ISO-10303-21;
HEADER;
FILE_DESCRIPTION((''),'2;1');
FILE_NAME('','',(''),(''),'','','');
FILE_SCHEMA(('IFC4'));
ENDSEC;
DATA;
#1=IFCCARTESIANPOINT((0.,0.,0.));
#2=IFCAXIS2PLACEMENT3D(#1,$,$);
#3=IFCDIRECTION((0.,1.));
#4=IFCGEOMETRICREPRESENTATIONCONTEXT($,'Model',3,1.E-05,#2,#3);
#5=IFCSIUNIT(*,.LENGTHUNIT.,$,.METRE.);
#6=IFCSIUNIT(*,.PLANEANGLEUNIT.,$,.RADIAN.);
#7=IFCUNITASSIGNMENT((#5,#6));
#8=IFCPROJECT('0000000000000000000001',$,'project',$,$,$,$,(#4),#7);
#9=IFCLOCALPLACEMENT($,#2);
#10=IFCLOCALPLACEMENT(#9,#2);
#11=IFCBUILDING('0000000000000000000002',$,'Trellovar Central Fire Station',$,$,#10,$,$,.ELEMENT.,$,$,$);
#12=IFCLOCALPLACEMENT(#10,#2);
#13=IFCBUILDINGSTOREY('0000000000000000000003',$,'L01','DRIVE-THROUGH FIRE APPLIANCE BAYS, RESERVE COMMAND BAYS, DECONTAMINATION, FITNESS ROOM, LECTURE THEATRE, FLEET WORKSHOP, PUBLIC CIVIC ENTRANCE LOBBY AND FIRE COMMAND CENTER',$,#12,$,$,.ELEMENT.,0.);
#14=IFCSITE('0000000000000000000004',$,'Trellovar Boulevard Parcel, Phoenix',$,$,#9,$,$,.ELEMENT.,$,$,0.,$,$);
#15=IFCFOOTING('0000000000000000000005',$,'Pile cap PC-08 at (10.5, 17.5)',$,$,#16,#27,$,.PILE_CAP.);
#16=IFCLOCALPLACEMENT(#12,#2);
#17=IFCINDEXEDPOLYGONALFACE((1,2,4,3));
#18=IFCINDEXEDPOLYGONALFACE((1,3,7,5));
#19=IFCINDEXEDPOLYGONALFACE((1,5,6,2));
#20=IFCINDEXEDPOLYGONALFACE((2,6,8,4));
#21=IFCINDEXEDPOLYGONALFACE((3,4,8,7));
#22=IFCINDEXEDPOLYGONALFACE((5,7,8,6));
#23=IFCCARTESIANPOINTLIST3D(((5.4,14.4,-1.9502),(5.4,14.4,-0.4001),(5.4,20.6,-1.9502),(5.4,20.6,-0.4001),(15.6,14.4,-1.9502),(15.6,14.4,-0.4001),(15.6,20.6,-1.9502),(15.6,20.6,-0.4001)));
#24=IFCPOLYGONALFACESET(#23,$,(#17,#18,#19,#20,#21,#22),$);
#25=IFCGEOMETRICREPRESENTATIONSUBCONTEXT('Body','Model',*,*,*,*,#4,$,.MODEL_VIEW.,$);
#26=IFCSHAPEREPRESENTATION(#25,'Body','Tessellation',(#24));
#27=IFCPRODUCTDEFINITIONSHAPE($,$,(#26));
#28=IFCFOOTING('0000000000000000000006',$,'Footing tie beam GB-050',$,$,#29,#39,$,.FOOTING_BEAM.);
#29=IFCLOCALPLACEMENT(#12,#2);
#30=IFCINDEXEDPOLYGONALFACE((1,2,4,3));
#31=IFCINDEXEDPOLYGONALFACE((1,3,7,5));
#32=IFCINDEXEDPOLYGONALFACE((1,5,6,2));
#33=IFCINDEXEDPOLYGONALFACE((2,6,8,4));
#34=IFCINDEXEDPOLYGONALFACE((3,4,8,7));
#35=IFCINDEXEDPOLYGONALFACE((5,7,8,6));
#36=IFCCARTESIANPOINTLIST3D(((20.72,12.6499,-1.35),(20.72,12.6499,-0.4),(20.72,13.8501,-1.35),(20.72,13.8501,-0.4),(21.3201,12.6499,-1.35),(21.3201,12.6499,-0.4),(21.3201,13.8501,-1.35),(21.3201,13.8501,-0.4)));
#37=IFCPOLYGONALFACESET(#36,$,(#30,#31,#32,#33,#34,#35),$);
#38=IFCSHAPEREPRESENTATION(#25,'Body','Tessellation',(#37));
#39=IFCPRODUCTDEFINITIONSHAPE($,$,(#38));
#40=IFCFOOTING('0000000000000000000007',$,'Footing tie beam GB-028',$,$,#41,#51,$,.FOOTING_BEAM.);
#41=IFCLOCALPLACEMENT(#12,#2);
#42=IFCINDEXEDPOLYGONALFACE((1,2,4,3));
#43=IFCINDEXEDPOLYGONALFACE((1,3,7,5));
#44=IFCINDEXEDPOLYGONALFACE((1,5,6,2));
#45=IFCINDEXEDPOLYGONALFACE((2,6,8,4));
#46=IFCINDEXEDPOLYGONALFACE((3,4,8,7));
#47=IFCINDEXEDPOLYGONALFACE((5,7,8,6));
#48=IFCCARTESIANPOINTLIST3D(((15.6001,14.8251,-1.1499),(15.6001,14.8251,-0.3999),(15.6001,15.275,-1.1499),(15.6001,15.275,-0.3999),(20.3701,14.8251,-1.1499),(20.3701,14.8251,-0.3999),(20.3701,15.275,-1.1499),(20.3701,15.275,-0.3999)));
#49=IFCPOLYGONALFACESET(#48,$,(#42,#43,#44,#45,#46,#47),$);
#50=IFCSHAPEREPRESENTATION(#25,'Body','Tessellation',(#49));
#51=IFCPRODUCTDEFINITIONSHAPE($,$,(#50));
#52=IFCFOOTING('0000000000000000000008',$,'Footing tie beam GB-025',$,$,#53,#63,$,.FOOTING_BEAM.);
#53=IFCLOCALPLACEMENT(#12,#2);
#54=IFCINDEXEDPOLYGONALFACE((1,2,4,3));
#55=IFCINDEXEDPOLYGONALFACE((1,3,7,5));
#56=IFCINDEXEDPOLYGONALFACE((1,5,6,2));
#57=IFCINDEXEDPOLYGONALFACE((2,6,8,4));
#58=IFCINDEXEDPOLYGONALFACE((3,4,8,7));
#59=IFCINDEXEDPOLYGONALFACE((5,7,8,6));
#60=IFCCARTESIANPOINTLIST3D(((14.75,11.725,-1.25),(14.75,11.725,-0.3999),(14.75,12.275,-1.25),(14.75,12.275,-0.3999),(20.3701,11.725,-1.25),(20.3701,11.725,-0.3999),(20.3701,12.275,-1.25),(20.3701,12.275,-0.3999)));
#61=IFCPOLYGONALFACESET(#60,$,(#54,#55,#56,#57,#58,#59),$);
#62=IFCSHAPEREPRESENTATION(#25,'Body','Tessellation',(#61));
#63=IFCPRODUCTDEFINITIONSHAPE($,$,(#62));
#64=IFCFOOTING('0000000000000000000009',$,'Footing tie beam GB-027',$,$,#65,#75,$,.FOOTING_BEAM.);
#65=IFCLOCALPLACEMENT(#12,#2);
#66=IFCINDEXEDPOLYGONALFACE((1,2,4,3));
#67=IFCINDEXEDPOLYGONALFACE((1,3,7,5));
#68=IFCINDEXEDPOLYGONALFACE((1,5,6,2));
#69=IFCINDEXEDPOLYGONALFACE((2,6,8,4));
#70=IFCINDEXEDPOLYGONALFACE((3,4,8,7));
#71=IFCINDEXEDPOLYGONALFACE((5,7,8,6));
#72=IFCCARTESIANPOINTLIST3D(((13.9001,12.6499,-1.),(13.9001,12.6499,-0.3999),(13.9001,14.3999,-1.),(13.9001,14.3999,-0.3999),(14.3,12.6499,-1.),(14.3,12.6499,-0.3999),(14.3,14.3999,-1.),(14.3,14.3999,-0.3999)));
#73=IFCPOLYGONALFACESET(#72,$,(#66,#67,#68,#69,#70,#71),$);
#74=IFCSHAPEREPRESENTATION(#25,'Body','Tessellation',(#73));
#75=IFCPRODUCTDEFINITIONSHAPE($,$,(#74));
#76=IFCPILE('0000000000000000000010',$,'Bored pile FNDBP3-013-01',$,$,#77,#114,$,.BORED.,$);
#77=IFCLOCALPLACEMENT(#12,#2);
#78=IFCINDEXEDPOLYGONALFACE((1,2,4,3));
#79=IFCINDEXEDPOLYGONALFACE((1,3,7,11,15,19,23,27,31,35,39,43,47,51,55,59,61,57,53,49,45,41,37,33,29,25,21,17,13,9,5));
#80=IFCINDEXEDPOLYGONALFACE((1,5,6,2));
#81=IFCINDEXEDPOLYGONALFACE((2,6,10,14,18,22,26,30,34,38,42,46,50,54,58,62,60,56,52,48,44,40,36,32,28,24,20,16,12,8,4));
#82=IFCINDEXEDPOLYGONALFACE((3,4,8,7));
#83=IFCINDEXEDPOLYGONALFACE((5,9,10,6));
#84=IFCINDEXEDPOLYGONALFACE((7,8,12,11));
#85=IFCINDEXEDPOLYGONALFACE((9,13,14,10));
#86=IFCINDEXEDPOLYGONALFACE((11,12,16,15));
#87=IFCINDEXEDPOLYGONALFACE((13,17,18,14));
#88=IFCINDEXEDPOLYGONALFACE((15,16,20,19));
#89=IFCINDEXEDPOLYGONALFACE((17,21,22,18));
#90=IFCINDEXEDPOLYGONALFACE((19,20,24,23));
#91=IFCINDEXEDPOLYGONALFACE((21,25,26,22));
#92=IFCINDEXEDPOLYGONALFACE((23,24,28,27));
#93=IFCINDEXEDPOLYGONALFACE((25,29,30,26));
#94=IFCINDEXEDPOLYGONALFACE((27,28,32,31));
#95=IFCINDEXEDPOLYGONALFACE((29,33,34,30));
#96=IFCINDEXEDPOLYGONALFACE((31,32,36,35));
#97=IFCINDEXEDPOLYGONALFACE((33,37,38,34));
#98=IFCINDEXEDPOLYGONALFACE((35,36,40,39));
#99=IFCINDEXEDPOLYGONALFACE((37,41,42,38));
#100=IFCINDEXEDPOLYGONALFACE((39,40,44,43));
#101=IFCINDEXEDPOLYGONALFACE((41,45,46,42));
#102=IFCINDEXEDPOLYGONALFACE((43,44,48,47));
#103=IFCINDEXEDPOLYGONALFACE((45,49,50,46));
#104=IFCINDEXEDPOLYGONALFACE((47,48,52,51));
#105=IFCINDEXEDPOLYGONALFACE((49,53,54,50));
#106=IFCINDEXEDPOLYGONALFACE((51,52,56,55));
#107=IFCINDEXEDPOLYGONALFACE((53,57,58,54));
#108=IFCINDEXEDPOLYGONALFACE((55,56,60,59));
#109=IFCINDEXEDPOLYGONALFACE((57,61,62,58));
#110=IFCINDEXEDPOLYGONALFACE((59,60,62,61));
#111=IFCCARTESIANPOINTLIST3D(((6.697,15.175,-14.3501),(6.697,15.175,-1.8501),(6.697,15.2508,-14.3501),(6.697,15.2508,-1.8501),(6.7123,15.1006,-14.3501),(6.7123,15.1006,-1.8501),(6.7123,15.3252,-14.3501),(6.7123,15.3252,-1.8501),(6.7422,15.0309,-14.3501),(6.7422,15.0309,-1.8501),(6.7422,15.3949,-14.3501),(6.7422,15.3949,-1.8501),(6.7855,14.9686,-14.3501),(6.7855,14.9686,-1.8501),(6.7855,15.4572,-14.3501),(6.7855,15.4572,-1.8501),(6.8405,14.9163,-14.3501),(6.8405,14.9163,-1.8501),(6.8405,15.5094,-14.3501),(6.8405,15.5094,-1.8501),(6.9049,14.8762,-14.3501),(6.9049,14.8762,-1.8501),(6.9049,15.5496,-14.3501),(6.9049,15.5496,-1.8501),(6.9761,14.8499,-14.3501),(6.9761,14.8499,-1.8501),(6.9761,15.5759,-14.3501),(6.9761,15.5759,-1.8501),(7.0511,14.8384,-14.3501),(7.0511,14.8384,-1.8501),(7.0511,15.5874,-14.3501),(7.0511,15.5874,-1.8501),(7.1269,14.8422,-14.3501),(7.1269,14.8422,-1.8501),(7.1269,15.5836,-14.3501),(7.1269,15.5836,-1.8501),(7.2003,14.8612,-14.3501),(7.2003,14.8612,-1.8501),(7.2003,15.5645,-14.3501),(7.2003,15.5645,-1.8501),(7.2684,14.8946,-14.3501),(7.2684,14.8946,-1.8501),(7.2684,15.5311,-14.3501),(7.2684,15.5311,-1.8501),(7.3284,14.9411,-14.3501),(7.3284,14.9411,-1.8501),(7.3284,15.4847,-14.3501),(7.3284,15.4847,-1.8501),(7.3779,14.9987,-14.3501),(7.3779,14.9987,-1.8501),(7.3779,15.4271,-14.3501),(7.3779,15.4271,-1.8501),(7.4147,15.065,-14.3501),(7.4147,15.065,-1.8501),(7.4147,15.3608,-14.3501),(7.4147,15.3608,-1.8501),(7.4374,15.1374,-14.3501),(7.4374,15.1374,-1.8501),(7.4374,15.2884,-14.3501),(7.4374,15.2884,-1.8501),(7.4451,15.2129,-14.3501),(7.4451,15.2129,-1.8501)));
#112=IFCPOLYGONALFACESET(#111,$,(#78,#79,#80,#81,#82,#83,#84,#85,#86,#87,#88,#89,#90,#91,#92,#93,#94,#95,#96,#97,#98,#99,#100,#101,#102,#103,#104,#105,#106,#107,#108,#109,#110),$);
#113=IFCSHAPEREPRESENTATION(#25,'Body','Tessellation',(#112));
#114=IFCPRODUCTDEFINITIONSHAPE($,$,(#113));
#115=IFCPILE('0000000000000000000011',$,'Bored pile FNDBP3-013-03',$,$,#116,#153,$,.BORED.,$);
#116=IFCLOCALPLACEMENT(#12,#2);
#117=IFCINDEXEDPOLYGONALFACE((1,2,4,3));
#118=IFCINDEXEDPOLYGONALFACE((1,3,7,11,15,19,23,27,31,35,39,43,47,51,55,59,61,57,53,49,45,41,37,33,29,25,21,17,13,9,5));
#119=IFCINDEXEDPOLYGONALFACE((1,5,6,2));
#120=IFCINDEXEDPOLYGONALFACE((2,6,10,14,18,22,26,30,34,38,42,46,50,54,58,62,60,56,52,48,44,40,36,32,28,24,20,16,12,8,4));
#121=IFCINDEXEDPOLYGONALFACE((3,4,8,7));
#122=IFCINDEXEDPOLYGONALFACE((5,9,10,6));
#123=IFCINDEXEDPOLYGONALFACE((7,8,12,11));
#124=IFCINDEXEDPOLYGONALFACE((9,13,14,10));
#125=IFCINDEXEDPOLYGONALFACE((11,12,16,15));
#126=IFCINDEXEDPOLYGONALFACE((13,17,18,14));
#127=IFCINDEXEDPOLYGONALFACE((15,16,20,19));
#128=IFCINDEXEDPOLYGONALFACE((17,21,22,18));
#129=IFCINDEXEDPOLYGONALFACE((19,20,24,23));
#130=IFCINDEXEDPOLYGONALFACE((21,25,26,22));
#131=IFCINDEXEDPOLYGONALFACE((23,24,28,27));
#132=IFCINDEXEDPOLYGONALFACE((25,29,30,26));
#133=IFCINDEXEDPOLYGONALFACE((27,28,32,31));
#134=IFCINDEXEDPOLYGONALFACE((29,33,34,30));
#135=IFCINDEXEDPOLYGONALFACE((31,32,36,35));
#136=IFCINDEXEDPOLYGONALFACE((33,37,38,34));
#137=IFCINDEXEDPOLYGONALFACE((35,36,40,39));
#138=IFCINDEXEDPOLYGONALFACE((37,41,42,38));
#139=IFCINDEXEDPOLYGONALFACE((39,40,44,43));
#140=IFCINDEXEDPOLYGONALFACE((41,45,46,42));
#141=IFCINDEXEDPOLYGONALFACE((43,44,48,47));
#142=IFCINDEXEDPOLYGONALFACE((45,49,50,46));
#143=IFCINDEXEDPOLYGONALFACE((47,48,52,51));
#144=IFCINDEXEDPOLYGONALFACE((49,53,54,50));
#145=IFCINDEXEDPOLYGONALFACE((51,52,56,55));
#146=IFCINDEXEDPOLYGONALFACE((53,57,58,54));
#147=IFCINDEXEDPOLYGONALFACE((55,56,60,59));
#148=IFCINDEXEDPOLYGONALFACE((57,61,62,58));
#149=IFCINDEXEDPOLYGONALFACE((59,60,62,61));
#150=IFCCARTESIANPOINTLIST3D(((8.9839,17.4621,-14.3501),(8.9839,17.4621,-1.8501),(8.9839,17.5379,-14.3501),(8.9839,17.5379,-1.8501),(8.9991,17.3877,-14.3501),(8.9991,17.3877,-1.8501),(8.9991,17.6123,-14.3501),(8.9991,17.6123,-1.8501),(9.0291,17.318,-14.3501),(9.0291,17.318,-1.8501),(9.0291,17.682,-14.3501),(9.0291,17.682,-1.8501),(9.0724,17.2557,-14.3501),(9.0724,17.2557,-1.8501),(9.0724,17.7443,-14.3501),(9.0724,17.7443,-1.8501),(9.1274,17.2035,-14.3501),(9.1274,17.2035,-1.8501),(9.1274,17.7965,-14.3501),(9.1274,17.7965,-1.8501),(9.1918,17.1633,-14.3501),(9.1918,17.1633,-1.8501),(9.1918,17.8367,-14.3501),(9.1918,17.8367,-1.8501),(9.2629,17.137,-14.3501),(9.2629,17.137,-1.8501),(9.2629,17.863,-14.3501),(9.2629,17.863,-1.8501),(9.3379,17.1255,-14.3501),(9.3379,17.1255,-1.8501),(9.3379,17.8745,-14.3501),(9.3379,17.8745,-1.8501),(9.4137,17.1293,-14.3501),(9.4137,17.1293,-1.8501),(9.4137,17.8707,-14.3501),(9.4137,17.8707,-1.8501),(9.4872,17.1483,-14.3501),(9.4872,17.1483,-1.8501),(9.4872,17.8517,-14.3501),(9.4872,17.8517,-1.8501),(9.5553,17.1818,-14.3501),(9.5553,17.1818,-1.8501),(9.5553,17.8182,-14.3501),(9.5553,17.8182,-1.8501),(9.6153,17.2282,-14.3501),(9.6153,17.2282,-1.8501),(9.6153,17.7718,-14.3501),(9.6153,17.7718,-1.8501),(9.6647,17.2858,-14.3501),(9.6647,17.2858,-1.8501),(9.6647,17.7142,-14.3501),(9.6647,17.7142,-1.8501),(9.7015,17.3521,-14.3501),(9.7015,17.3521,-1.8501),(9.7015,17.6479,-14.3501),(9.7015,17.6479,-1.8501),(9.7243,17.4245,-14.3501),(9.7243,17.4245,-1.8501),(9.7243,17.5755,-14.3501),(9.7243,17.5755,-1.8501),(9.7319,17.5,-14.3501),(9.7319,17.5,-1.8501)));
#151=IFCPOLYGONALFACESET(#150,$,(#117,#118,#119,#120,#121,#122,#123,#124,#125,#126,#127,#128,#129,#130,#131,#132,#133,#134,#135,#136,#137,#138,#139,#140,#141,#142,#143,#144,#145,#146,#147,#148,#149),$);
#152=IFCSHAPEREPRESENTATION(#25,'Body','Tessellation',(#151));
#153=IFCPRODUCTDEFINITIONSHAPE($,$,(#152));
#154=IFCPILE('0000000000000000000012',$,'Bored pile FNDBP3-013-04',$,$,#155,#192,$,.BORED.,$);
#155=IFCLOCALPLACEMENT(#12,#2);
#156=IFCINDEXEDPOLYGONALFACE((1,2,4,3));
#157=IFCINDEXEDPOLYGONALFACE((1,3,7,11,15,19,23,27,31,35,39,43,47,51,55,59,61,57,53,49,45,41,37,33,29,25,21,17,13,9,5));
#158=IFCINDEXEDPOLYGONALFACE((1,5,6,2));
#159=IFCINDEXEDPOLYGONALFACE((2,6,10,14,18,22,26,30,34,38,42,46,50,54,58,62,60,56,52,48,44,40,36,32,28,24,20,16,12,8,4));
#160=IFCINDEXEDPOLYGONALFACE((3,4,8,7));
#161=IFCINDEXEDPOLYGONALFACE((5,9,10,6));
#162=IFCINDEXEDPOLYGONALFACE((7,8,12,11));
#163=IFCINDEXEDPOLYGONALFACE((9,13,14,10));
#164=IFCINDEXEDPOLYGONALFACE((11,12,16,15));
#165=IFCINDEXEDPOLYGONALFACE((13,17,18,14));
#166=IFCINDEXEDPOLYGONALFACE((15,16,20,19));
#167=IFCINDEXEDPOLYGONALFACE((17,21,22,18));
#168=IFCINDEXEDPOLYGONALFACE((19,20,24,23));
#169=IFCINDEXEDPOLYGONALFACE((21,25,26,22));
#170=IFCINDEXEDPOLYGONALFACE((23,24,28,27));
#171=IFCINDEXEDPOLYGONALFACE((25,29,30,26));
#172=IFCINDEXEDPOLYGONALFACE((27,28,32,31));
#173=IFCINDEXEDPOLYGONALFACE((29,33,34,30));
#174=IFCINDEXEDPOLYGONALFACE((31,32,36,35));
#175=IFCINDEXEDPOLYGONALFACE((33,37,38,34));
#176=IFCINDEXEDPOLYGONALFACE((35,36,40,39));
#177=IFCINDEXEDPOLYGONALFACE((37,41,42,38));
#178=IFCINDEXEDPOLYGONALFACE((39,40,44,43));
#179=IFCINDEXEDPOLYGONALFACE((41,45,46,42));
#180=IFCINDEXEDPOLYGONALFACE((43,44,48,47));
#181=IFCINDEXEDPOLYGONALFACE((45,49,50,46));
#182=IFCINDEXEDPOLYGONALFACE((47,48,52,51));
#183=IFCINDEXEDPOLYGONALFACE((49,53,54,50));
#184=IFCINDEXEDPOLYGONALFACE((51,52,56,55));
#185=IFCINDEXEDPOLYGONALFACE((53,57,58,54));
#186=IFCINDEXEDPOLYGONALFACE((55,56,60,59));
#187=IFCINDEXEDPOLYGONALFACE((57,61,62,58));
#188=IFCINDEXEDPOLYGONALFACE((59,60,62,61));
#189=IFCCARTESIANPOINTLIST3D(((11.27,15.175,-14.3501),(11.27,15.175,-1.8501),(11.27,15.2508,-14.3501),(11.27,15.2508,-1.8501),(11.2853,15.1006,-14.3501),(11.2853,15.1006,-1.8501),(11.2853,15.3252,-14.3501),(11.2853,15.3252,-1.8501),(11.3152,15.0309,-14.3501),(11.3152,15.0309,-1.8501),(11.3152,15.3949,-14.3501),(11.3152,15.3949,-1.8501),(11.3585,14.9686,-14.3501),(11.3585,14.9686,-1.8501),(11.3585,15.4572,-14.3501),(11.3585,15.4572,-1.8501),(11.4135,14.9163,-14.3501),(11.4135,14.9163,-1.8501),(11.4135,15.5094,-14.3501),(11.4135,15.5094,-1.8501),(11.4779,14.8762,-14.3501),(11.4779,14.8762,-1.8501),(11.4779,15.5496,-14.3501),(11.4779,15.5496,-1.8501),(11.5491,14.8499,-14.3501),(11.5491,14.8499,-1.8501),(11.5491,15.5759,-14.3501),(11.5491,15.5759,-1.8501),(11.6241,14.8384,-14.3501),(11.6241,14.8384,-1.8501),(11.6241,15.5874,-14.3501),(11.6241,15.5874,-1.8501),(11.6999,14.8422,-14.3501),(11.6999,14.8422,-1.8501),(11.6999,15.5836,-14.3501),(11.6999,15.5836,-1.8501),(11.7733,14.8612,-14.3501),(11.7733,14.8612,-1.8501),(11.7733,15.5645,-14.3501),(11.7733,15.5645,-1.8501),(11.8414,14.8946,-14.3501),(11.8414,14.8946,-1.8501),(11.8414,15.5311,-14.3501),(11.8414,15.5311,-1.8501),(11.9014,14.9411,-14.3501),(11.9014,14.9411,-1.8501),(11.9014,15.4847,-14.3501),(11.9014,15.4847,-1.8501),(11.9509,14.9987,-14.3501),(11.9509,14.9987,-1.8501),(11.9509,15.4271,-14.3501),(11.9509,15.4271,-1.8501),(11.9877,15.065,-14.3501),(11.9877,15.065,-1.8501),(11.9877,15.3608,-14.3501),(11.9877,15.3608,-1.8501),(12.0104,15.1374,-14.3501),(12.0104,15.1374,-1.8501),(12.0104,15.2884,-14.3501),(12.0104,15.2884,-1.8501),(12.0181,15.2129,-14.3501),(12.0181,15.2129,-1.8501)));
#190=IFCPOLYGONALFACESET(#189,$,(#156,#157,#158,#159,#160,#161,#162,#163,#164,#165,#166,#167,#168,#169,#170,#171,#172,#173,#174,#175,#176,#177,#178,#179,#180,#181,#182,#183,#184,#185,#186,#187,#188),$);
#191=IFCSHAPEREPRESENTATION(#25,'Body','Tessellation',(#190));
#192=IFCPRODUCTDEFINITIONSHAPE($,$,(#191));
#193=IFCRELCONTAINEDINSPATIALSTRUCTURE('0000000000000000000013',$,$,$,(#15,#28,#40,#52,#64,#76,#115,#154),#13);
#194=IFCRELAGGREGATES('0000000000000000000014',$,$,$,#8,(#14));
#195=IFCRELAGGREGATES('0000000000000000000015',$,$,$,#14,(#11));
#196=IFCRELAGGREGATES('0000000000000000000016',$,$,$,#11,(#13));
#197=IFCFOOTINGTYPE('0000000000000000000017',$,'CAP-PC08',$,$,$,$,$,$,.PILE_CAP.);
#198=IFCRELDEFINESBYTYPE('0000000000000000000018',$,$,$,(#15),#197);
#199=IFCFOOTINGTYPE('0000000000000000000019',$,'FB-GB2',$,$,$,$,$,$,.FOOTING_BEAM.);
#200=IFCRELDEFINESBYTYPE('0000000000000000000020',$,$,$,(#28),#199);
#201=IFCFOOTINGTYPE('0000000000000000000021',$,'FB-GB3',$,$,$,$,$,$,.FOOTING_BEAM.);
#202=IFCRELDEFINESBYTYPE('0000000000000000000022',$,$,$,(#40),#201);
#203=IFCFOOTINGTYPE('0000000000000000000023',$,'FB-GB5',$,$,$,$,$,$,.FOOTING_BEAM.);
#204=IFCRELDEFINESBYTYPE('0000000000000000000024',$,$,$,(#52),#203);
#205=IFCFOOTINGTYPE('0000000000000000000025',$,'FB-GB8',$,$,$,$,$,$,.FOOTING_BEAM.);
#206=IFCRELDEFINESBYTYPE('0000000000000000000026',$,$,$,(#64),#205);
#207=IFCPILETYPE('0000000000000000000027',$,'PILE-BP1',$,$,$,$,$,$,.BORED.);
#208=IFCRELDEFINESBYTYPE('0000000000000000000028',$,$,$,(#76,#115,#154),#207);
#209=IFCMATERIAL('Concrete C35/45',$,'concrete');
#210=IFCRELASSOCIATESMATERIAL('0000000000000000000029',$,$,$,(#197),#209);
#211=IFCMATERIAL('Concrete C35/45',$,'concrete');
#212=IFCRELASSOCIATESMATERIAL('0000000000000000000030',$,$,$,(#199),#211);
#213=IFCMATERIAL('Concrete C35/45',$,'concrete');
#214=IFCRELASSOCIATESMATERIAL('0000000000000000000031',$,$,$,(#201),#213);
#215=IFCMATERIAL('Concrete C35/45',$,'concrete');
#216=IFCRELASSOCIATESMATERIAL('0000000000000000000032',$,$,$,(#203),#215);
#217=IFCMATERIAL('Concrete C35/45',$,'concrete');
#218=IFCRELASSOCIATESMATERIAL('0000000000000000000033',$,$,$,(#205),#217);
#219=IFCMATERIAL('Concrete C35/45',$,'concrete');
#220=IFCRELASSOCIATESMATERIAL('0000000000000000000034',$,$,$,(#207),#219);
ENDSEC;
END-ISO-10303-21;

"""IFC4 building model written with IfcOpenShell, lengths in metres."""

from ifc_helpers import new_model, si_unit, direction, frame, origin, origin_2d, place, context, subcontext, project, spatial, rectangle, circle, extrude, material, material_profile, profile_set, type_object, element, save


model = new_model("IFC4")

# Units and contexts
model_context = context("Model", 3, precision=1e-05, world=origin(), true_north=direction((0.0, 1.0)))
body_context = subcontext(model_context, "Body", "Model", "MODEL_VIEW")
ifc_project = project(units=[si_unit("LENGTHUNIT", "METRE"), si_unit("PLANEANGLEUNIT", "RADIAN")], contexts=[model_context])

# Site, building, storey
site_placement = place(None, origin())
site = spatial("IfcSite", under=ifc_project, at=site_placement, Name="Trellovar Boulevard Parcel, Phoenix", CompositionType="ELEMENT", RefElevation=0.0)
building_placement = place(site_placement, origin())
building = spatial("IfcBuilding", under=site, at=building_placement, Name="Trellovar Central Fire Station", CompositionType="ELEMENT")
storey_placement = place(building_placement, origin())
storey = spatial("IfcBuildingStorey", under=building, at=storey_placement, Name="L01", Description="DRIVE-THROUGH FIRE APPLIANCE BAYS, RESERVE COMMAND BAYS, DECONTAMINATION, FITNESS ROOM, LECTURE THEATRE, FLEET WORKSHOP, PUBLIC CIVIC ENTRANCE LOBBY AND FIRE COMMAND CENTER", CompositionType="ELEMENT", Elevation=0.0)

# Footings
ifc_material_1 = material(Name="Concrete C35/45", Category="concrete")
footing_type_1 = type_object("IfcFootingType", Name="CAP-PC08", PredefinedType="PILE_CAP", material=ifc_material_1)
footing_1_placement = place(storey_placement, frame((10.5, 17.5, -1.9502), z_axis=(0.0, 0.0, 1.0), x_axis=(1.0, 0.0, 0.0)))
element("IfcFooting", 1, at=footing_1_placement, inside=storey, type_object=footing_type_1, Name="Pile cap PC-08 at (10.5, 17.5)", PredefinedType="PILE_CAP", context=body_context, shape_type="SweptSolid", body=[
    extrude(rectangle(XDim=10.2, YDim=6.2, at=origin_2d()), origin(), (0.0, 0.0, 1.0), 1.55),
])
ifc_material_2 = material(Name="Concrete C35/45", Category="concrete")
ifc_material_profile_1 = material_profile(ifc_material_2, rectangle(XDim=0.6001, YDim=0.95, at=origin_2d()), Name="RC600X950")
ifc_profile_set_1 = profile_set([ifc_material_profile_1], Name="Concrete C35/45")
footing_type_2 = type_object("IfcFootingType", Name="FB-GB2", PredefinedType="FOOTING_BEAM", material=ifc_profile_set_1)
footing_2_placement = place(storey_placement, frame((21.02, 12.6499, -0.875), z_axis=(0.0, 1.0, 0.0), x_axis=(-1.0, 0.0, 0.0)))
element("IfcFooting", 2, at=footing_2_placement, inside=storey, type_object=footing_type_2, Name="Footing tie beam GB-050", PredefinedType="FOOTING_BEAM", context=body_context, shape_type="SweptSolid", body=[
    extrude(rectangle(XDim=0.6001, YDim=0.95, at=origin_2d()), origin(), (0.0, 0.0, 1.0), 1.2002),
])
ifc_material_3 = material(Name="Concrete C35/45", Category="concrete")
ifc_material_profile_2 = material_profile(ifc_material_3, rectangle(XDim=0.45, YDim=0.75, at=origin_2d()), Name="RC450X750")
ifc_profile_set_2 = profile_set([ifc_material_profile_2], Name="Concrete C35/45")
footing_type_3 = type_object("IfcFootingType", Name="FB-GB3", PredefinedType="FOOTING_BEAM", material=ifc_profile_set_2)
footing_3_placement = place(storey_placement, frame((15.6001, 15.05, -0.7749), z_axis=(1.0, 0.0, 0.0), x_axis=(0.0, 1.0, 0.0)))
element("IfcFooting", 3, at=footing_3_placement, inside=storey, type_object=footing_type_3, Name="Footing tie beam GB-028", PredefinedType="FOOTING_BEAM", context=body_context, shape_type="SweptSolid", body=[
    extrude(rectangle(XDim=0.45, YDim=0.75, at=origin_2d()), origin(), (0.0, 0.0, 1.0), 4.77),
])
ifc_material_4 = material(Name="Concrete C35/45", Category="concrete")
ifc_material_profile_3 = material_profile(ifc_material_4, rectangle(XDim=0.55, YDim=0.8501, at=origin_2d()), Name="RC550X850")
ifc_profile_set_3 = profile_set([ifc_material_profile_3], Name="Concrete C35/45")
footing_type_4 = type_object("IfcFootingType", Name="FB-GB5", PredefinedType="FOOTING_BEAM", material=ifc_profile_set_3)
footing_4_placement = place(storey_placement, frame((14.75, 12.0, -0.825), z_axis=(1.0, 0.0, 0.0), x_axis=(0.0, 1.0, 0.0)))
element("IfcFooting", 4, at=footing_4_placement, inside=storey, type_object=footing_type_4, Name="Footing tie beam GB-025", PredefinedType="FOOTING_BEAM", context=body_context, shape_type="SweptSolid", body=[
    extrude(rectangle(XDim=0.55, YDim=0.8501, at=origin_2d()), origin(), (0.0, 0.0, 1.0), 5.6201),
])
ifc_material_5 = material(Name="Concrete C35/45", Category="concrete")
ifc_material_profile_4 = material_profile(ifc_material_5, rectangle(XDim=0.3999, YDim=0.6001, at=origin_2d()), Name="RC400X600")
ifc_profile_set_4 = profile_set([ifc_material_profile_4], Name="Concrete C35/45")
footing_type_5 = type_object("IfcFootingType", Name="FB-GB8", PredefinedType="FOOTING_BEAM", material=ifc_profile_set_4)
footing_5_placement = place(storey_placement, frame((14.1001, 12.6499, -0.7), z_axis=(0.0, 1.0, 0.0), x_axis=(-1.0, 0.0, 0.0)))
element("IfcFooting", 5, at=footing_5_placement, inside=storey, type_object=footing_type_5, Name="Footing tie beam GB-027", PredefinedType="FOOTING_BEAM", context=body_context, shape_type="SweptSolid", body=[
    extrude(rectangle(XDim=0.3999, YDim=0.6001, at=origin_2d()), origin(), (0.0, 0.0, 1.0), 1.75),
])

# Piles
ifc_material_6 = material(Name="Concrete C35/45", Category="concrete")
ifc_material_profile_5 = material_profile(ifc_material_6, circle(Radius=0.375, at=origin_2d()), Name="PILE750")
ifc_profile_set_5 = profile_set([ifc_material_profile_5], Name="Concrete C35/45")
pile_type_1 = type_object("IfcPileType", Name="PILE-BP1", PredefinedType="BORED", material=ifc_profile_set_5)
for number, where, z_axis, x_axis, name in (
    (6, (7.0701, 15.2129, -1.8501), (0.0, 0.0, -1.0), (1.0, 0.0, 0.0), "Bored pile FNDBP3-013-01"),
    (7, (9.3569, 17.5, -1.8501), (0.0, 0.0, -1.0), (1.0, 0.0, 0.0), "Bored pile FNDBP3-013-03"),
    (8, (11.6431, 15.2129, -1.8501), (0.0, 0.0, -1.0), (1.0, 0.0, 0.0), "Bored pile FNDBP3-013-04"),
):
    element("IfcPile", number, at=place(storey_placement, frame(where, z_axis=z_axis, x_axis=x_axis)), inside=storey, type_object=pile_type_1, Name=name, PredefinedType="BORED", context=body_context, shape_type="SweptSolid", body=[
        extrude(circle(Radius=0.375, at=origin_2d()), origin(), (0.0, 0.0, 1.0), 12.5),
    ])

save(model, "model.ifc")
